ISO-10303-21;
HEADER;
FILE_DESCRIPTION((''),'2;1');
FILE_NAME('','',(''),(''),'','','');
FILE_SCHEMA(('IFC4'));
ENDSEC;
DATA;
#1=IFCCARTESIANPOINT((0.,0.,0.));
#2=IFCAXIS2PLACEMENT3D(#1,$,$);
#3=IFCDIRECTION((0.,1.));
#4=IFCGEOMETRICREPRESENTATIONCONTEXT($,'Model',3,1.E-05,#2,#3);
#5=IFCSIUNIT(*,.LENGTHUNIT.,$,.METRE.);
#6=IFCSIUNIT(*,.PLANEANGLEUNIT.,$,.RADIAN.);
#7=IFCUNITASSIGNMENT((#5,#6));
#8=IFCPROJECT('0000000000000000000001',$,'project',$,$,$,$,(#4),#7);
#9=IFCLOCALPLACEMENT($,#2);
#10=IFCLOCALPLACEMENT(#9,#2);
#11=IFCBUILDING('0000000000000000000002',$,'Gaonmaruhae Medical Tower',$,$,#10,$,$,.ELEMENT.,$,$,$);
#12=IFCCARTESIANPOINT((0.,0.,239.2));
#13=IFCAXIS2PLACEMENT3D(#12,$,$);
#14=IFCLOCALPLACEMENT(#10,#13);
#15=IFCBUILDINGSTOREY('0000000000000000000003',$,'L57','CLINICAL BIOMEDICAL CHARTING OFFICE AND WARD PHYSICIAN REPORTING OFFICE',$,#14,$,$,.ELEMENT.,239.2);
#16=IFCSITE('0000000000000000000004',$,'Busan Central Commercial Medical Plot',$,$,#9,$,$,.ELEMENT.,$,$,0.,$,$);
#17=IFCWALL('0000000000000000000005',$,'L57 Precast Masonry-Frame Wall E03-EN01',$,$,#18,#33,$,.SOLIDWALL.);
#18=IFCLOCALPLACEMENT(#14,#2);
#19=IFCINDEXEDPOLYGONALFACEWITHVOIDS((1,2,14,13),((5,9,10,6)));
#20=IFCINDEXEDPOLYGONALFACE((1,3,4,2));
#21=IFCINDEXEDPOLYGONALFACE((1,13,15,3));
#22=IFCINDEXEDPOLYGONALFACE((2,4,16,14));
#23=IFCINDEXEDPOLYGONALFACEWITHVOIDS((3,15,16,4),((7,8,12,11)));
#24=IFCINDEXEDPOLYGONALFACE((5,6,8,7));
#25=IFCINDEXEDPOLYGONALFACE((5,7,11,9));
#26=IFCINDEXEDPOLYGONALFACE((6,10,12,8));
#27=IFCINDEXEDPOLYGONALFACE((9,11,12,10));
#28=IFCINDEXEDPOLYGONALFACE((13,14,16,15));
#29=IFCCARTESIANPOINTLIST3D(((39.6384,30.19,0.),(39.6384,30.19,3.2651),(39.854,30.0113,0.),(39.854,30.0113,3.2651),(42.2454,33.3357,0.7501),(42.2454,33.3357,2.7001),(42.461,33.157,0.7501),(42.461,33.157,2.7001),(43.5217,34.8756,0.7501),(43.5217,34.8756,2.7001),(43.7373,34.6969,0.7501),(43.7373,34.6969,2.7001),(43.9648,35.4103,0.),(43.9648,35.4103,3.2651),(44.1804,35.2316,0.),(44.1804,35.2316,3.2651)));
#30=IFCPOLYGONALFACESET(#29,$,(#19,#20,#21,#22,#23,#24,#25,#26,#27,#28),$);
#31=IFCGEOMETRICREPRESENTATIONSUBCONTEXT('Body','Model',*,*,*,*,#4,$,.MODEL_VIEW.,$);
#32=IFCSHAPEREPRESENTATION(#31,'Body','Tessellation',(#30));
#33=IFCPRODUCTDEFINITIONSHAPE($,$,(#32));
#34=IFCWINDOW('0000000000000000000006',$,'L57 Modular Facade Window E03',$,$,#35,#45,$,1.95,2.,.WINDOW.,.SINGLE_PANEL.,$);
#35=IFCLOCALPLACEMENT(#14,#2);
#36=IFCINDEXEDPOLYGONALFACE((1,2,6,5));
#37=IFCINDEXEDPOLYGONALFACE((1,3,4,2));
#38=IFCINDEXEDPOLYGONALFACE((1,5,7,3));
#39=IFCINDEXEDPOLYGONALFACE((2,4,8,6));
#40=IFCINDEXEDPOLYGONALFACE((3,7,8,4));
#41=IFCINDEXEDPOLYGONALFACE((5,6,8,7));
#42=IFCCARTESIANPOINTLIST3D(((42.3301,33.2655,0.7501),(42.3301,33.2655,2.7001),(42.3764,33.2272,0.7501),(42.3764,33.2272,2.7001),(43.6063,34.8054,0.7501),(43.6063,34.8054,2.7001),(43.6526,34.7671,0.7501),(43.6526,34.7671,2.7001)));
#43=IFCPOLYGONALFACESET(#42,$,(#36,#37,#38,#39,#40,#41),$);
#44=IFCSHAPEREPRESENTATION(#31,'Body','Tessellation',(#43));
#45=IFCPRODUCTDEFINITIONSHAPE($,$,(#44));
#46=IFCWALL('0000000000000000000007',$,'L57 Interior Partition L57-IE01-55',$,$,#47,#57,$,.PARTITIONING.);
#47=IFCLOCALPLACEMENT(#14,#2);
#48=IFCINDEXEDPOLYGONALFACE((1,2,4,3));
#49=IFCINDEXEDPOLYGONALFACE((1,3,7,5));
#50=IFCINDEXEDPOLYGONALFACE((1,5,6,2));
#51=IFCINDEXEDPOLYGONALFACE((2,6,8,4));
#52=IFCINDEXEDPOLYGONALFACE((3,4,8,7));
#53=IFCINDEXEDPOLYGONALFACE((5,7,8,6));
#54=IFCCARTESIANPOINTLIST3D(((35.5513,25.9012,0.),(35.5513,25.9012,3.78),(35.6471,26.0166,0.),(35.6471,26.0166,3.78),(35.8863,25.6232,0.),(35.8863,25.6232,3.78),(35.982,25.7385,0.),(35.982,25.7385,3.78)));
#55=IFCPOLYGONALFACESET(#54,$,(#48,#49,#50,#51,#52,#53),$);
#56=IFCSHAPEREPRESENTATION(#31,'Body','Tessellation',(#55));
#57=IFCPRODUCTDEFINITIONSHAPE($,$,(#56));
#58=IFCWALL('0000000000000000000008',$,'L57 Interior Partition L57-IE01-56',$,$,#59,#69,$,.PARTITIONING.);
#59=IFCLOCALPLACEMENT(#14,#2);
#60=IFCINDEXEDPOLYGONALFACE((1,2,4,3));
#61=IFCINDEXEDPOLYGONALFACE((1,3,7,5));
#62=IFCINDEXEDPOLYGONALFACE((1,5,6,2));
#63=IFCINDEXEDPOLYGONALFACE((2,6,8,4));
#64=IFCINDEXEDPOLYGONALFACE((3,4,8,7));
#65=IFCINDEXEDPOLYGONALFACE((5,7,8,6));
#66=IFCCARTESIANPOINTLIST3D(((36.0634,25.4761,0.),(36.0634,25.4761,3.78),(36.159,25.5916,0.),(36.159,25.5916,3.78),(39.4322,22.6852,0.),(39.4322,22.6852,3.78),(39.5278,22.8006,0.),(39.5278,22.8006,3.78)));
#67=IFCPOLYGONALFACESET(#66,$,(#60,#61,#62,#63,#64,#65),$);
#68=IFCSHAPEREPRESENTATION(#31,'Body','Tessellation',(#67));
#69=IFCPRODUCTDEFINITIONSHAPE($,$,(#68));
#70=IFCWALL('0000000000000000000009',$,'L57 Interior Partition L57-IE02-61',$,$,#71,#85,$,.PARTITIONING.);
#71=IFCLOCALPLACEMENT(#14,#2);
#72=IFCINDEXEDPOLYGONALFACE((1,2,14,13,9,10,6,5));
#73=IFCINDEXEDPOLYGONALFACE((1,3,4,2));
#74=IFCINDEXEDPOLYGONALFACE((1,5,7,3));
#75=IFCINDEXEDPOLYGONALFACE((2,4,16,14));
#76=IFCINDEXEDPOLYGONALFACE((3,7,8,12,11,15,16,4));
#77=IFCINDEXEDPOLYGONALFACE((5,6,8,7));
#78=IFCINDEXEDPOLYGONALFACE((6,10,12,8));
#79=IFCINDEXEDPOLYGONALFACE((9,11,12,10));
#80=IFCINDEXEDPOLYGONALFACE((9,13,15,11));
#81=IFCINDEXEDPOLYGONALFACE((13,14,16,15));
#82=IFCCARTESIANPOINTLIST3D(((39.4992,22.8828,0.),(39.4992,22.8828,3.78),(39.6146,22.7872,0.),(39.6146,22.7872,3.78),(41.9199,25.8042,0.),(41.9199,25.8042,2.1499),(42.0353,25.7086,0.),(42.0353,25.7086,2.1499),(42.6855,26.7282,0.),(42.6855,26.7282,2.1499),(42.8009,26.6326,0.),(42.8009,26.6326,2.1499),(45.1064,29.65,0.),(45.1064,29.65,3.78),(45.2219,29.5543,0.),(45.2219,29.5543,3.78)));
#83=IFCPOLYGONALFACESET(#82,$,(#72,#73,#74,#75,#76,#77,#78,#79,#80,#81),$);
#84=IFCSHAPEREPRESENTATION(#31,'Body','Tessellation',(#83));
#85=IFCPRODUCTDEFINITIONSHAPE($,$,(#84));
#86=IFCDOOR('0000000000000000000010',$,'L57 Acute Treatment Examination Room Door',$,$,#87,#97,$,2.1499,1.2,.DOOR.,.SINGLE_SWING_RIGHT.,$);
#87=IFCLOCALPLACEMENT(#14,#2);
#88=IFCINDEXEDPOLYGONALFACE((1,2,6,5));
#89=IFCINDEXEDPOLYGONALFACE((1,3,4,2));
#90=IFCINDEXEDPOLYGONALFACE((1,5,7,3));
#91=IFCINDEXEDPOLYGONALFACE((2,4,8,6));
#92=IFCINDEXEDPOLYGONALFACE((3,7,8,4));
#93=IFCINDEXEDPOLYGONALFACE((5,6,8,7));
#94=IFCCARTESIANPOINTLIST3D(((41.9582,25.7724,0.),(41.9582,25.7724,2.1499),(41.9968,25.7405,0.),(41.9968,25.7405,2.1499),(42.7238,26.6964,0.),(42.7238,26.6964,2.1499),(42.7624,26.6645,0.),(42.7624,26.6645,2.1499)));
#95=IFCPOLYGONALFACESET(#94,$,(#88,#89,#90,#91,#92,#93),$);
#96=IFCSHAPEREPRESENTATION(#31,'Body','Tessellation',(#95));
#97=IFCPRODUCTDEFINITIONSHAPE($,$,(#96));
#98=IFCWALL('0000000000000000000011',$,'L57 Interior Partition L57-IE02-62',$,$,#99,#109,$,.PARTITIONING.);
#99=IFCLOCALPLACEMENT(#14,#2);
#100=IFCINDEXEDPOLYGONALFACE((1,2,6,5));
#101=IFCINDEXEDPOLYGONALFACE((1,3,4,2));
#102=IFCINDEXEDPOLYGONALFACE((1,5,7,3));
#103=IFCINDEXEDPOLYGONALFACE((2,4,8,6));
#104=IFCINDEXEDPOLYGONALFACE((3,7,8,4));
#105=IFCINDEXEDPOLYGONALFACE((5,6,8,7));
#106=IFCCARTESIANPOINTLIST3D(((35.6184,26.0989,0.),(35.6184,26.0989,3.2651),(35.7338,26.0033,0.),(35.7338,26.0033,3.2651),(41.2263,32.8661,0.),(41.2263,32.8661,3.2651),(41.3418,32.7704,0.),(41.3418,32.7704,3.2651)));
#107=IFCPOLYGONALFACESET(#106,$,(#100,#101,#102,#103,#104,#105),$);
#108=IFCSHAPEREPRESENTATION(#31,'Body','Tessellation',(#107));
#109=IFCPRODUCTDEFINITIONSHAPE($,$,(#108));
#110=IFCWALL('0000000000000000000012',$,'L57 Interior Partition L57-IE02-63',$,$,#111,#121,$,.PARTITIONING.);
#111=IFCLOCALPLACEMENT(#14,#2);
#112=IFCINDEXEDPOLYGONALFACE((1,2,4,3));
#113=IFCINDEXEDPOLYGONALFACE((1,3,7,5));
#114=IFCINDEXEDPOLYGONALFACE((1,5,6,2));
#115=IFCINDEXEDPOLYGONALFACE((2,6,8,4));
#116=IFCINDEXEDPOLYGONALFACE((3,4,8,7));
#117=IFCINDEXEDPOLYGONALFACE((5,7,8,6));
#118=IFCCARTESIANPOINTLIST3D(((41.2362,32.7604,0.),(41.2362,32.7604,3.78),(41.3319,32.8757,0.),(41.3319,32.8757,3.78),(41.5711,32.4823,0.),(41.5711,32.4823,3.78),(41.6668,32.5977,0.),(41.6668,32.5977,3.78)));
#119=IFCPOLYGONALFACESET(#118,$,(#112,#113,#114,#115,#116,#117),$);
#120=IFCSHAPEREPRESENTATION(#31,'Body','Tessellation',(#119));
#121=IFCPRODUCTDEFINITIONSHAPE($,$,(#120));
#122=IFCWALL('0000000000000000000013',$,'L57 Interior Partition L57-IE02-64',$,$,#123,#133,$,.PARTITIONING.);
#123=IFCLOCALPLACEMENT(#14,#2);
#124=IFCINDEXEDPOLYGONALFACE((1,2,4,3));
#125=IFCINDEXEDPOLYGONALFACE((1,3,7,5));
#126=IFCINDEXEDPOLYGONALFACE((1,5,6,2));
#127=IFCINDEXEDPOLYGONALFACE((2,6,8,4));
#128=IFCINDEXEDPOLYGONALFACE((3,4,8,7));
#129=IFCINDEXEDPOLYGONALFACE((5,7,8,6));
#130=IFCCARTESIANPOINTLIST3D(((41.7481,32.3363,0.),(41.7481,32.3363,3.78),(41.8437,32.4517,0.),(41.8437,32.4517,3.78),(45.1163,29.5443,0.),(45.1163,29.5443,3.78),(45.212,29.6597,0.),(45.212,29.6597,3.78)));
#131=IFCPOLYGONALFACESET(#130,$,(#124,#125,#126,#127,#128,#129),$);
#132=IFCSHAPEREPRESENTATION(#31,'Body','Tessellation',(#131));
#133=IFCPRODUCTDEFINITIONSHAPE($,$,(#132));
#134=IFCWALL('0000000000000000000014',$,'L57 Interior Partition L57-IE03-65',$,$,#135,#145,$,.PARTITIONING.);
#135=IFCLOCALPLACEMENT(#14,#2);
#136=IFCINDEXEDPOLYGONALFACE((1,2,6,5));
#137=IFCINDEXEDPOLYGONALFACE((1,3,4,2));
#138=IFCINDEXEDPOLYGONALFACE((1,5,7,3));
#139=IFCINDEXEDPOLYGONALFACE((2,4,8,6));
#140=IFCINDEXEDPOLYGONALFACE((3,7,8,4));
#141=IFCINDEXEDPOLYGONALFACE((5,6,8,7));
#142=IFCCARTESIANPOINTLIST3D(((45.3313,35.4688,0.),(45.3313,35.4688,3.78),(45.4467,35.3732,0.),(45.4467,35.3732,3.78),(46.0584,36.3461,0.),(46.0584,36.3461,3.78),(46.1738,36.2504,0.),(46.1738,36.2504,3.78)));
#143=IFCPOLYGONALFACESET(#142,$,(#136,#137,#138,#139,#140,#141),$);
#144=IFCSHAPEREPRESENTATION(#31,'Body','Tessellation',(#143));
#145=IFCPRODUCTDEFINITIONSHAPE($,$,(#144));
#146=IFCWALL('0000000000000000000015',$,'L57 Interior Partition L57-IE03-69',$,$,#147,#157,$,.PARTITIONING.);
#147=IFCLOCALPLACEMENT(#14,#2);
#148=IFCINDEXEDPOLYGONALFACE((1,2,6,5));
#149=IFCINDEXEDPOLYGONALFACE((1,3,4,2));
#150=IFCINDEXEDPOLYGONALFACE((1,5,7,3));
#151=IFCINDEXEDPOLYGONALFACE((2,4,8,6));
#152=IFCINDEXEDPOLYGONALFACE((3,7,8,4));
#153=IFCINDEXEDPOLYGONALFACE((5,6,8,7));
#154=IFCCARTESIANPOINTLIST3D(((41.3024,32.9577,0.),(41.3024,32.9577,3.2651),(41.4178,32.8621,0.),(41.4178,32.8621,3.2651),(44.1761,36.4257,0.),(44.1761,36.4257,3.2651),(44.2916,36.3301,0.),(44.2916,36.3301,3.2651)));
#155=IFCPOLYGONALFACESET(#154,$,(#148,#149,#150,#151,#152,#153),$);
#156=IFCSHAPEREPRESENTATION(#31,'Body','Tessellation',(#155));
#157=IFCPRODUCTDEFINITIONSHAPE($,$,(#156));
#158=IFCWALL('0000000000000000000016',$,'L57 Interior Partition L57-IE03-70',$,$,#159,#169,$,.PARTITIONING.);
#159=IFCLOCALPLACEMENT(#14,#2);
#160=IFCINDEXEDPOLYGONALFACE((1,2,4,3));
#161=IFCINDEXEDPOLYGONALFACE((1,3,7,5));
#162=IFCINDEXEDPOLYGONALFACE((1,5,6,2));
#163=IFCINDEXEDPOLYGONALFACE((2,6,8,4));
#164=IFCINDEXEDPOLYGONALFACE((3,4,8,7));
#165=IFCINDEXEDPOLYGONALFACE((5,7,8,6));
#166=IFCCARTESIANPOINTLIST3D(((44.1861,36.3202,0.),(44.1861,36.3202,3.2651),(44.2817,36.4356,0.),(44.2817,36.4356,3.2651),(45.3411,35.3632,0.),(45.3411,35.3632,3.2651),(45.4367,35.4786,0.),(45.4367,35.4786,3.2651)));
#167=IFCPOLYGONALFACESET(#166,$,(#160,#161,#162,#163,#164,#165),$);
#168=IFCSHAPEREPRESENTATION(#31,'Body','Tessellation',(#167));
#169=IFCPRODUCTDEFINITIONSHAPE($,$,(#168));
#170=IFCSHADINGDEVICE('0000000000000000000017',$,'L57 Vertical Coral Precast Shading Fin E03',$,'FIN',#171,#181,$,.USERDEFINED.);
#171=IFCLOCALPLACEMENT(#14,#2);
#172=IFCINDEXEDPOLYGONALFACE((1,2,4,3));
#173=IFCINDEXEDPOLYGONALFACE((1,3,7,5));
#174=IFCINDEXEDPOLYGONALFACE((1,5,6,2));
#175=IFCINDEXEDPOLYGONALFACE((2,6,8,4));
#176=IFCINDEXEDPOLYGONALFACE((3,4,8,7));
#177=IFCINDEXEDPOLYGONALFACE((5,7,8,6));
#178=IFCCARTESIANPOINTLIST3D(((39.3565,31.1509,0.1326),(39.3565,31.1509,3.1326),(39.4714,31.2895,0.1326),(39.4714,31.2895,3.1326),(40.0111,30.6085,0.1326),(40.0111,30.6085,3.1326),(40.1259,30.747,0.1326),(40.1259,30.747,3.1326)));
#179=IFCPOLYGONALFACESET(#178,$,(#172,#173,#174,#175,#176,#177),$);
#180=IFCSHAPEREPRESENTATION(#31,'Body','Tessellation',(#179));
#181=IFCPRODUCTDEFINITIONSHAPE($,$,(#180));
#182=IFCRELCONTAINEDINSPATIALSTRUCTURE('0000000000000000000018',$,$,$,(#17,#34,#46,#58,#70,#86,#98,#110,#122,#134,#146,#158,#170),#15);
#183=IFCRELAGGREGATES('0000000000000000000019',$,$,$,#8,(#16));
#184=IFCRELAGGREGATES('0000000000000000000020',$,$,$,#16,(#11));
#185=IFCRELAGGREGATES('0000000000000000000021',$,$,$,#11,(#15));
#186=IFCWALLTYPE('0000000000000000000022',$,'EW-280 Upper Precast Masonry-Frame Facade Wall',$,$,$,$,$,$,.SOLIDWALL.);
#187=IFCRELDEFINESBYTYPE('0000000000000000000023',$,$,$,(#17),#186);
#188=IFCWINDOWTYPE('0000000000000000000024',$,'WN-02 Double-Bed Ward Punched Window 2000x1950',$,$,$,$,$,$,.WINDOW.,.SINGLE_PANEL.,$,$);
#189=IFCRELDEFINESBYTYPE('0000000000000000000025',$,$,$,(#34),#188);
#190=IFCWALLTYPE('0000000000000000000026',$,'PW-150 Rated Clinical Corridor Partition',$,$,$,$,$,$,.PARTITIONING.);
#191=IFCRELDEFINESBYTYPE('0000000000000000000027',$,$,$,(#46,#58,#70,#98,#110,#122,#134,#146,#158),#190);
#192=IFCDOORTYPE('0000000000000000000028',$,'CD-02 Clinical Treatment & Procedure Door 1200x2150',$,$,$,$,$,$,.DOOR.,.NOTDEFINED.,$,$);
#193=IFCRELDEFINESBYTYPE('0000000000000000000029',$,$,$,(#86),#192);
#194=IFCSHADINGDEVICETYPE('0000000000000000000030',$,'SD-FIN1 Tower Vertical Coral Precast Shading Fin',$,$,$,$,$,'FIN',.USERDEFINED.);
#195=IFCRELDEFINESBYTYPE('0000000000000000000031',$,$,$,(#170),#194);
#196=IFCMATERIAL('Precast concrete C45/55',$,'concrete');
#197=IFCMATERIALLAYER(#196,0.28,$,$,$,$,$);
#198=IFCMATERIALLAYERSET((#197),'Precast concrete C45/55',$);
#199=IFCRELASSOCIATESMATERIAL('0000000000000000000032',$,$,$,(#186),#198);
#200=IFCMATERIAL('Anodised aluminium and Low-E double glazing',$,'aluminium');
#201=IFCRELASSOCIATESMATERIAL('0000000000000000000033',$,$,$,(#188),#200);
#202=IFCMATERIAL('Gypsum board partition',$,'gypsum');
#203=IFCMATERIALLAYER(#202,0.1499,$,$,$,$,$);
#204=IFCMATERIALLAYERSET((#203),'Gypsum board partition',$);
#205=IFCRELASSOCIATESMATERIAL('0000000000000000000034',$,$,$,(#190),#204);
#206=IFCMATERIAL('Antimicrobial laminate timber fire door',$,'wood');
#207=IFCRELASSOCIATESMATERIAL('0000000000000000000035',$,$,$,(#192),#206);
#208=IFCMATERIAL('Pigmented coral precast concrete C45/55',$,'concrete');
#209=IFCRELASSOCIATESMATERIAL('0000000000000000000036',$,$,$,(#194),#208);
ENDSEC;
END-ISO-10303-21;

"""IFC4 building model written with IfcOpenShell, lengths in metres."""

from ifc_helpers import new_model, si_unit, direction, frame, frame_2d, origin, origin_2d, place, context, subcontext, project, spatial, rectangle, extrude, material, layer, layer_set, type_object, element, fill, save


model = new_model("IFC4")

# Units and contexts
model_context = context("Model", 3, precision=1e-05, world=origin(), true_north=direction((0.0, 1.0)))
body_context = subcontext(model_context, "Body", "Model", "MODEL_VIEW")
ifc_project = project(units=[si_unit("LENGTHUNIT", "METRE"), si_unit("PLANEANGLEUNIT", "RADIAN")], contexts=[model_context])

# Site, building, storey
site_placement = place(None, origin())
site = spatial("IfcSite", under=ifc_project, at=site_placement, Name="Busan Central Commercial Medical Plot", CompositionType="ELEMENT", RefElevation=0.0)
building_placement = place(site_placement, origin())
building = spatial("IfcBuilding", under=site, at=building_placement, Name="Gaonmaruhae Medical Tower", CompositionType="ELEMENT")
storey_placement = place(building_placement, frame((0.0, 0.0, 239.2)))
storey = spatial("IfcBuildingStorey", under=building, at=storey_placement, Name="L57", Description="CLINICAL BIOMEDICAL CHARTING OFFICE AND WARD PHYSICIAN REPORTING OFFICE", CompositionType="ELEMENT", Elevation=239.2)

# Shared definitions
ifc_material_1 = material(Name="Precast concrete C45/55", Category="concrete")
ifc_layer_1 = layer(ifc_material_1, 0.28)
ifc_layer_set_1 = layer_set([ifc_layer_1], Name="Precast concrete C45/55")
wall_type_1 = type_object("IfcWallType", Name="EW-280 Upper Precast Masonry-Frame Facade Wall", PredefinedType="SOLIDWALL", material=ifc_layer_set_1)

# Wall, opening, window
wall_1_placement = place(storey_placement, frame((39.7461, 30.1006, 0.0), z_axis=(0.0, 0.0, 1.0), x_axis=(0.638114, 0.769942, 0.0)))
wall_1 = element("IfcWall", 1, at=wall_1_placement, inside=storey, type_object=wall_type_1, Name="L57 Precast Masonry-Frame Wall E03-EN01", PredefinedType="SOLIDWALL", context=body_context, shape_type="SweptSolid", body=[
    extrude(rectangle(XDim=6.78, YDim=0.28, at=frame_2d((3.3901, 0.0))), origin(), (0.0, 0.0, 1.0), 3.2651),
])
opening_1_placement = place(wall_1_placement, frame((4.0857, 0.0, 0.75)))
opening_1 = element("IfcOpeningElement", 2, at=opening_1_placement, cuts=wall_1, PredefinedType="OPENING", context=body_context, shape_type="SweptSolid", body=[
    extrude(rectangle(XDim=2.0, YDim=1.95, at=frame_2d((1.0, 0.9751))), frame((0.0, 0.1499, 0.0), z_axis=(0.0, -1.0, 0.0), x_axis=(1.0, 0.0, 0.0)), (0.0, 0.0, 1.0), 0.3),
])
ifc_material_2 = material(Name="Anodised aluminium and Low-E double glazing", Category="aluminium")
window_type = type_object("IfcWindowType", Name="WN-02 Double-Bed Ward Punched Window 2000x1950", PartitioningType="SINGLE_PANEL", PredefinedType="WINDOW", material=ifc_material_2)
window_placement = place(opening_1_placement, origin())
window = element("IfcWindow", 3, at=window_placement, inside=storey, type_object=window_type, Name="L57 Modular Facade Window E03", OverallHeight=1.95, OverallWidth=2.0, PartitioningType="SINGLE_PANEL", PredefinedType="WINDOW", context=body_context, shape_type="SweptSolid", body=[
    extrude(rectangle(XDim=2.0, YDim=1.95, at=frame_2d((1.0, 0.9751))), frame((0.0, 0.03, 0.0), z_axis=(0.0, -1.0, 0.0), x_axis=(1.0, 0.0, 0.0)), (0.0, 0.0, 1.0), 0.0601),
])
fill(opening_1, window)

# Walls
ifc_material_3 = material(Name="Gypsum board partition", Category="gypsum")
ifc_layer_2 = layer(ifc_material_3, 0.1499)
ifc_layer_set_2 = layer_set([ifc_layer_2], Name="Gypsum board partition")
wall_type_2 = type_object("IfcWallType", Name="PW-150 Rated Clinical Corridor Partition", PredefinedType="PARTITIONING", material=ifc_layer_set_2)
wall_2_placement = place(storey_placement, frame((35.5991, 25.959, 0.0), z_axis=(0.0, 0.0, 1.0), x_axis=(0.769415, -0.638749, 0.0)))
element("IfcWall", 4, at=wall_2_placement, inside=storey, type_object=wall_type_2, Name="L57 Interior Partition L57-IE01-55", PredefinedType="PARTITIONING", context=body_context, shape_type="SweptSolid", body=[
    extrude(rectangle(XDim=0.4353, YDim=0.1499, at=frame_2d((0.2178, 0.0))), origin(), (0.0, 0.0, 1.0), 3.78),
])
wall_3_placement = place(storey_placement, frame((36.1111, 25.5339, 0.0), z_axis=(0.0, 0.0, 1.0), x_axis=(0.770062, -0.63797, 0.0)))
element("IfcWall", 5, at=wall_3_placement, inside=storey, type_object=wall_type_2, Name="L57 Interior Partition L57-IE01-56", PredefinedType="PARTITIONING", context=body_context, shape_type="SweptSolid", body=[
    extrude(rectangle(XDim=4.3748, YDim=0.1499, at=frame_2d((2.1875, 0.0))), origin(), (0.0, 0.0, 1.0), 3.78),
])

# Wall, opening, door
wall_4_placement = place(storey_placement, frame((45.1641, 29.6021, 0.0), z_axis=(0.0, 0.0, 1.0), x_axis=(-0.638029, -0.770013, 0.0)))
wall_4 = element("IfcWall", 6, at=wall_4_placement, inside=storey, type_object=wall_type_2, Name="L57 Interior Partition L57-IE02-61", PredefinedType="PARTITIONING", context=body_context, shape_type="SweptSolid", body=[
    extrude(rectangle(XDim=8.7883, YDim=0.1499, at=frame_2d((4.394, 0.0))), origin(), (0.0, 0.0, 1.0), 3.78),
])
opening_2_placement = place(wall_4_placement, frame((3.7942, 0.0, 0.0)))
opening_2 = element("IfcOpeningElement", 7, at=opening_2_placement, cuts=wall_4, PredefinedType="OPENING", context=body_context, shape_type="SweptSolid", body=[
    extrude(rectangle(XDim=1.2, YDim=2.1499, at=frame_2d((0.6001, 1.075))), frame((0.0, 0.085, 0.0), z_axis=(0.0, -1.0, 0.0), x_axis=(1.0, 0.0, 0.0)), (0.0, 0.0, 1.0), 0.1699),
])
ifc_material_4 = material(Name="Antimicrobial laminate timber fire door", Category="wood")
door_type = type_object("IfcDoorType", Name="CD-02 Clinical Treatment & Procedure Door 1200x2150", OperationType="NOTDEFINED", PredefinedType="DOOR", material=ifc_material_4)
door_placement = place(opening_2_placement, origin())
door = element("IfcDoor", 8, at=door_placement, inside=storey, type_object=door_type, Name="L57 Acute Treatment Examination Room Door", OperationType="SINGLE_SWING_RIGHT", OverallHeight=2.1499, OverallWidth=1.2, PredefinedType="DOOR", context=body_context, shape_type="SweptSolid", body=[
    extrude(rectangle(XDim=1.2, YDim=2.1499, at=frame_2d((0.6001, 1.075))), frame((0.0, 0.0249, 0.0), z_axis=(0.0, -1.0, 0.0), x_axis=(1.0, 0.0, 0.0)), (0.0, 0.0, 1.0), 0.05),
])
fill(opening_2, door)

# Walls
wall_5_placement = place(storey_placement, frame((35.676, 26.051, 0.0), z_axis=(0.0, 0.0, 1.0), x_axis=(0.638078, 0.769972, 0.0)))
element("IfcWall", 9, at=wall_5_placement, inside=storey, type_object=wall_type_2, Name="L57 Interior Partition L57-IE02-62", PredefinedType="PARTITIONING", context=body_context, shape_type="SweptSolid", body=[
    extrude(rectangle(XDim=8.7888, YDim=0.1499, at=frame_2d((4.3945, 0.0))), origin(), (0.0, 0.0, 1.0), 3.2651),
])
wall_6_placement = place(storey_placement, frame((41.2839, 32.8181, 0.0), z_axis=(0.0, 0.0, 1.0), x_axis=(0.769415, -0.638749, 0.0)))
element("IfcWall", 10, at=wall_6_placement, inside=storey, type_object=wall_type_2, Name="L57 Interior Partition L57-IE02-63", PredefinedType="PARTITIONING", context=body_context, shape_type="SweptSolid", body=[
    extrude(rectangle(XDim=0.4353, YDim=0.1499, at=frame_2d((0.2178, 0.0))), origin(), (0.0, 0.0, 1.0), 3.78),
])
wall_7_placement = place(storey_placement, frame((41.7959, 32.394, 0.0), z_axis=(0.0, 0.0, 1.0), x_axis=(0.769884, -0.638184, 0.0)))
element("IfcWall", 11, at=wall_7_placement, inside=storey, type_object=wall_type_2, Name="L57 Interior Partition L57-IE02-64", PredefinedType="PARTITIONING", context=body_context, shape_type="SweptSolid", body=[
    extrude(rectangle(XDim=4.375, YDim=0.1499, at=frame_2d((2.1875, 0.0))), origin(), (0.0, 0.0, 1.0), 3.78),
])
wall_8_placement = place(storey_placement, frame((45.3889, 35.4209, 0.0), z_axis=(0.0, 0.0, 1.0), x_axis=(0.638138, 0.769922, 0.0)))
element("IfcWall", 12, at=wall_8_placement, inside=storey, type_object=wall_type_2, Name="L57 Interior Partition L57-IE03-65", PredefinedType="PARTITIONING", context=body_context, shape_type="SweptSolid", body=[
    extrude(rectangle(XDim=1.1394, YDim=0.1499, at=frame_2d((0.5698, 0.0))), origin(), (0.0, 0.0, 1.0), 3.78),
])
wall_9_placement = place(storey_placement, frame((41.3601, 32.9099, 0.0), z_axis=(0.0, 0.0, 1.0), x_axis=(0.638055, 0.769991, 0.0)))
element("IfcWall", 13, at=wall_9_placement, inside=storey, type_object=wall_type_2, Name="L57 Interior Partition L57-IE03-69", PredefinedType="PARTITIONING", context=body_context, shape_type="SweptSolid", body=[
    extrude(rectangle(XDim=4.5039, YDim=0.1499, at=frame_2d((2.252, 0.0))), origin(), (0.0, 0.0, 1.0), 3.2651),
])
wall_10_placement = place(storey_placement, frame((44.2339, 36.3779, 0.0), z_axis=(0.0, 0.0, 1.0), x_axis=(0.770019, -0.638021, 0.0)))
element("IfcWall", 14, at=wall_10_placement, inside=storey, type_object=wall_type_2, Name="L57 Interior Partition L57-IE03-70", PredefinedType="PARTITIONING", context=body_context, shape_type="SweptSolid", body=[
    extrude(rectangle(XDim=1.5, YDim=0.1499, at=frame_2d((0.75, 0.0))), origin(), (0.0, 0.0, 1.0), 3.2651),
])

# Shading device
ifc_material_5 = material(Name="Pigmented coral precast concrete C45/55", Category="concrete")
shading_device_type = type_object("IfcShadingDeviceType", Name="SD-FIN1 Tower Vertical Coral Precast Shading Fin", ElementType="FIN", PredefinedType="USERDEFINED", material=ifc_material_5)
for number, where, z_axis, x_axis, name in (
    (15, (39.7412, 30.949, 0.1326), (0.0, 0.0, 1.0), (0.63811, 0.769946, 0.0), "L57 Vertical Coral Precast Shading Fin E03"),
):
    element("IfcShadingDevice", number, at=place(storey_placement, frame(where, z_axis=z_axis, x_axis=x_axis)), inside=storey, type_object=shading_device_type, Name=name, ObjectType="FIN", PredefinedType="USERDEFINED", context=body_context, shape_type="SweptSolid", body=[
        extrude(rectangle(XDim=0.1799, YDim=0.8501, at=origin_2d()), origin(), (0.0, 0.0, 1.0), 3.0),
    ])

save(model, "model.ifc")
